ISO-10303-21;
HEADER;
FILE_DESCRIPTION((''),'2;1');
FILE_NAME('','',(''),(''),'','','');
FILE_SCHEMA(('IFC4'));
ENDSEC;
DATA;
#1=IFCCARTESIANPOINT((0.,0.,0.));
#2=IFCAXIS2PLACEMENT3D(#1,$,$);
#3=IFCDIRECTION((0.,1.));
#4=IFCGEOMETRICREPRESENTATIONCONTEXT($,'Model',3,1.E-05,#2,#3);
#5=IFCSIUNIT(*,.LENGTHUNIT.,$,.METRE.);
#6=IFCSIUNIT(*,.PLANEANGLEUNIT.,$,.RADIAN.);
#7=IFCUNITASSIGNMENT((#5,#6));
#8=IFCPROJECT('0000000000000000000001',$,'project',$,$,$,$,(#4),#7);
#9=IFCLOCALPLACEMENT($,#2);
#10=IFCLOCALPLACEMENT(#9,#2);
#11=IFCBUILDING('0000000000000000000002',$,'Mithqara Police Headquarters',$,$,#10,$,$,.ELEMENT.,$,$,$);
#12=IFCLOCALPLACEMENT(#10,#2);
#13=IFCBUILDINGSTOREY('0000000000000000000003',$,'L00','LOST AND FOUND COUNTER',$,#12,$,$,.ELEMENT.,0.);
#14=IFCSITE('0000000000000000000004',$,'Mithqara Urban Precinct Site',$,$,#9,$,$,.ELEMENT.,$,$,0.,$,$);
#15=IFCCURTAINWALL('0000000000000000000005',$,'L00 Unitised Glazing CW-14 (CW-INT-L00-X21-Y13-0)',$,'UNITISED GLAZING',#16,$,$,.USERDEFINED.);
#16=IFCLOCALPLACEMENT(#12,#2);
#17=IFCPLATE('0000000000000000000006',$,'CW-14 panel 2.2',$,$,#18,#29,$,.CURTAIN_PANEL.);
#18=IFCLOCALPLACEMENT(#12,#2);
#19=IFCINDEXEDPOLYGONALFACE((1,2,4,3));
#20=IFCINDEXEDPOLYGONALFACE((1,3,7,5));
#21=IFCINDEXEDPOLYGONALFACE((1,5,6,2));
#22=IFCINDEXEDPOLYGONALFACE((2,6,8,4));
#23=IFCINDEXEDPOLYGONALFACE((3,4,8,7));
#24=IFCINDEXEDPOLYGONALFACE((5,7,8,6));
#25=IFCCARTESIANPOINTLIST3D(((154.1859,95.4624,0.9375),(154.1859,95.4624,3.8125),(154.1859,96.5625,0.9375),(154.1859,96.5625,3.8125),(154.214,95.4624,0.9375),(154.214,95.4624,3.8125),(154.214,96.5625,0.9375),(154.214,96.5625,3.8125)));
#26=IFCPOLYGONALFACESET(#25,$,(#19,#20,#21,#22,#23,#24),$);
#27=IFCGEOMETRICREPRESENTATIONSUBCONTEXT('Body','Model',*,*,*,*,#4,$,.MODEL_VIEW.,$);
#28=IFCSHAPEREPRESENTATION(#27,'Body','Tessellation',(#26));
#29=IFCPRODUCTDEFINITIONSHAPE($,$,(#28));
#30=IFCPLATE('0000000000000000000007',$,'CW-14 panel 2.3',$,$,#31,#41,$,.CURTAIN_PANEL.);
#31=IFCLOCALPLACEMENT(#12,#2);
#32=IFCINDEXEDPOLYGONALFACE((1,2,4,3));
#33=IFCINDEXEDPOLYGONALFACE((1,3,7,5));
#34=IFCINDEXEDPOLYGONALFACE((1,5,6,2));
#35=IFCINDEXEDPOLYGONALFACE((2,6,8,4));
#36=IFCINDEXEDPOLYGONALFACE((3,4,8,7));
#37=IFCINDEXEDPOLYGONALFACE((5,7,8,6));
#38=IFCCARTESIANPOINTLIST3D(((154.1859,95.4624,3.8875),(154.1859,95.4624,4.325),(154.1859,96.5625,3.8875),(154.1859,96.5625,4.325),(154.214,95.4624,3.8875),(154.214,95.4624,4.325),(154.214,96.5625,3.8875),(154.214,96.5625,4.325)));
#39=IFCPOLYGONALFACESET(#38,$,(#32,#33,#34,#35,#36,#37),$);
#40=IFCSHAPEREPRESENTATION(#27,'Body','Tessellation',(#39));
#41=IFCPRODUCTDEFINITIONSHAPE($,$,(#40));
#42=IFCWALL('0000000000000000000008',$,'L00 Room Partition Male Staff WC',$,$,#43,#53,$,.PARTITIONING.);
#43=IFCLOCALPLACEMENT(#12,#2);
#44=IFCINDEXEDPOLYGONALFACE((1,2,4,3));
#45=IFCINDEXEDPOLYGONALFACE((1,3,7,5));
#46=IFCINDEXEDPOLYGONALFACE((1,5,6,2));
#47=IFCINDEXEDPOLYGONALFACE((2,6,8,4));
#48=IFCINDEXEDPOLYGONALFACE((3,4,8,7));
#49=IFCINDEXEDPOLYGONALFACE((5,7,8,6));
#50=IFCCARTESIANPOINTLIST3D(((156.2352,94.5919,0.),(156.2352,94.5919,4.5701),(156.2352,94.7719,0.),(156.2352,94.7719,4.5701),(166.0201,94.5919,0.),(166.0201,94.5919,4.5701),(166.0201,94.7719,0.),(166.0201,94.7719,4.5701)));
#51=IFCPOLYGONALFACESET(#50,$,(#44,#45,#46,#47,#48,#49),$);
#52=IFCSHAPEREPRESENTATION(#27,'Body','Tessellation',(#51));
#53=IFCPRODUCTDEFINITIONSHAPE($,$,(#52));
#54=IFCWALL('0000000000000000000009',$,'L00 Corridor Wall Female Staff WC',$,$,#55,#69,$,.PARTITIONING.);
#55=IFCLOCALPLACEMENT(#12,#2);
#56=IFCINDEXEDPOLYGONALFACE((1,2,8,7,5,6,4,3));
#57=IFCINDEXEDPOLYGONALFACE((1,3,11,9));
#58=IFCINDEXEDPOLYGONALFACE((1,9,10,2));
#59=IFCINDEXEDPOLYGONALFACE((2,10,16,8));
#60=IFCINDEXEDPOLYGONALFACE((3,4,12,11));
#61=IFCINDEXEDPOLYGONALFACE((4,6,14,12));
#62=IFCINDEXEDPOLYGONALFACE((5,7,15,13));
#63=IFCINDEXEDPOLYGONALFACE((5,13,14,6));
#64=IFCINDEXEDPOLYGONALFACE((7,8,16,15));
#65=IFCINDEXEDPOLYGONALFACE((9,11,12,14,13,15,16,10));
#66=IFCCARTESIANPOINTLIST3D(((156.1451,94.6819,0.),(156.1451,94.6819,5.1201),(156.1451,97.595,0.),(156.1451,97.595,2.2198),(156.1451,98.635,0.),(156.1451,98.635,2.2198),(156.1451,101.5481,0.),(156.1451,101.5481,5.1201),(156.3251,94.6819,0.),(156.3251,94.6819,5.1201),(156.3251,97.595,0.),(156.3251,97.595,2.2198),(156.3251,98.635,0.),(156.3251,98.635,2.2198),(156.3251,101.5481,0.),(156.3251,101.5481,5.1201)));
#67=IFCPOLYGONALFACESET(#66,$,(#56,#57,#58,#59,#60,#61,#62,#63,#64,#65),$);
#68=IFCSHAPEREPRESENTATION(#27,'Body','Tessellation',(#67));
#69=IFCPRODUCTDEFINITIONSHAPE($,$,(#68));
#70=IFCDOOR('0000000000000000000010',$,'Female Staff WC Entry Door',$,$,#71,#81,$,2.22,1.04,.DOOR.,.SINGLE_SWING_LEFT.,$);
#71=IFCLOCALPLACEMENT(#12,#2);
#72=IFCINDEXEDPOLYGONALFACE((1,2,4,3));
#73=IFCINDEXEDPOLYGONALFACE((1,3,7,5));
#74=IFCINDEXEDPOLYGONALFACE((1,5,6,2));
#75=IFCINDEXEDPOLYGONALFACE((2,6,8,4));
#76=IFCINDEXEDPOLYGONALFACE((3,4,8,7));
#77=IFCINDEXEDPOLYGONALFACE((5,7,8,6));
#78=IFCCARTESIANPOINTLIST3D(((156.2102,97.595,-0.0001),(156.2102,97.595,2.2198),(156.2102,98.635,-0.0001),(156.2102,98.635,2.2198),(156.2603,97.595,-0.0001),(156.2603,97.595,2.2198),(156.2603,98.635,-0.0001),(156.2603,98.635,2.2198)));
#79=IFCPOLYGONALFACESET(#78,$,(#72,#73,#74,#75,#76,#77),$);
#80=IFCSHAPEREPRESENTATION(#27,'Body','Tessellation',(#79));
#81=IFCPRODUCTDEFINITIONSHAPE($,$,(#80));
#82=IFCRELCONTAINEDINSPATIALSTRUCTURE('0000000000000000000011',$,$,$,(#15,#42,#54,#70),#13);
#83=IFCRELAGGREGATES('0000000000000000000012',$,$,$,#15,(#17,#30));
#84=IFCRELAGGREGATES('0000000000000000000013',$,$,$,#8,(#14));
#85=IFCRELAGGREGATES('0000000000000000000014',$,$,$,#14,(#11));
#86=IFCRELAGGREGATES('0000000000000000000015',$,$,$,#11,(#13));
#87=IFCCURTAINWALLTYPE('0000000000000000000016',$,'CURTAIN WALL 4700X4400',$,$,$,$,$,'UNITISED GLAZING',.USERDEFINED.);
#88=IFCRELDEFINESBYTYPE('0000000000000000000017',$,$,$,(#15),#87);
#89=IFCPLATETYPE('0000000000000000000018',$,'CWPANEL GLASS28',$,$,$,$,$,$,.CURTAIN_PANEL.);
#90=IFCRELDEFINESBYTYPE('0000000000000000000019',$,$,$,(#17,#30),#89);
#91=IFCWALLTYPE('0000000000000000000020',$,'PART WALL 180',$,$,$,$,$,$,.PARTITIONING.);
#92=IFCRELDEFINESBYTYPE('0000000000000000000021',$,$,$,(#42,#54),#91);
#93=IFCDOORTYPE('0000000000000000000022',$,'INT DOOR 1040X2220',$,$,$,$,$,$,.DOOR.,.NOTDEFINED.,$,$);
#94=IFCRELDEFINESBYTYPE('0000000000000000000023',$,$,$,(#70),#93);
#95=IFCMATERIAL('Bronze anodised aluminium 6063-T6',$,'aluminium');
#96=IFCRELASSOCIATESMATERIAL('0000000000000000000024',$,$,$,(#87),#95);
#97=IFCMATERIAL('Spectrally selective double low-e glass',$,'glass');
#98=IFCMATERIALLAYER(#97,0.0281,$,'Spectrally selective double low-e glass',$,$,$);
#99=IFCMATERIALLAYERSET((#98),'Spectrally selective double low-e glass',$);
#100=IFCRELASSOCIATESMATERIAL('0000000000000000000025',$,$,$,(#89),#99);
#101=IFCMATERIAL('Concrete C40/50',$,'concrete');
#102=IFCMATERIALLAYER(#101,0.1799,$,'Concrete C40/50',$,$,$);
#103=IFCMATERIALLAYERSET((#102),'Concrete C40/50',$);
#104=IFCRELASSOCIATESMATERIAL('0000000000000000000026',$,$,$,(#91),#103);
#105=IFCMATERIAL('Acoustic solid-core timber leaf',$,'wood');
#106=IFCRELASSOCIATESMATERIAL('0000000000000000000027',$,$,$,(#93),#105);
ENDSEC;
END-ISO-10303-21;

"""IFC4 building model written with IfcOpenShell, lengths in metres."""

from ifc_helpers import new_model, si_unit, direction, frame, frame_2d, origin, origin_2d, place, context, subcontext, project, spatial, rectangle, extrude, material, layer, layer_set, type_object, element, fill, aggregate, save


model = new_model("IFC4")

# Units and contexts
model_context = context("Model", 3, precision=1e-05, world=origin(), true_north=direction((0.0, 1.0)))
body_context = subcontext(model_context, "Body", "Model", "MODEL_VIEW")
ifc_project = project(units=[si_unit("LENGTHUNIT", "METRE"), si_unit("PLANEANGLEUNIT", "RADIAN")], contexts=[model_context])

# Site, building, storey
site_placement = place(None, origin())
site = spatial("IfcSite", under=ifc_project, at=site_placement, Name="Mithqara Urban Precinct Site", CompositionType="ELEMENT", RefElevation=0.0)
building_placement = place(site_placement, origin())
building = spatial("IfcBuilding", under=site, at=building_placement, Name="Mithqara Police Headquarters", CompositionType="ELEMENT")
storey_placement = place(building_placement, origin())
storey = spatial("IfcBuildingStorey", under=building, at=storey_placement, Name="L00", Description="LOST AND FOUND COUNTER", CompositionType="ELEMENT", Elevation=0.0)

# Curtain wall, plates
ifc_material_1 = material(Name="Bronze anodised aluminium 6063-T6", Category="aluminium")
curtain_wall_type = type_object("IfcCurtainWallType", Name="CURTAIN WALL 4700X4400", ElementType="UNITISED GLAZING", PredefinedType="USERDEFINED", material=ifc_material_1)
curtain_wall_placement = place(storey_placement, origin())
curtain_wall = element("IfcCurtainWall", 1, at=curtain_wall_placement, inside=storey, type_object=curtain_wall_type, Name="L00 Unitised Glazing CW-14 (CW-INT-L00-X21-Y13-0)", ObjectType="UNITISED GLAZING", PredefinedType="USERDEFINED")
ifc_material_2 = material(Name="Spectrally selective double low-e glass", Category="glass")
ifc_layer_1 = layer(ifc_material_2, 0.0281, Name="Spectrally selective double low-e glass")
ifc_layer_set_1 = layer_set([ifc_layer_1], Name="Spectrally selective double low-e glass")
plate_type = type_object("IfcPlateType", Name="CWPANEL GLASS28", PredefinedType="CURTAIN_PANEL", material=ifc_layer_set_1)
plate_1_placement = place(storey_placement, frame((154.2, 96.0125, 0.9375), z_axis=(0.0, 0.0, 1.0), x_axis=(0.0, 1.0, 0.0)))
plate_1 = element("IfcPlate", 2, at=plate_1_placement, type_object=plate_type, Name="CW-14 panel 2.2", PredefinedType="CURTAIN_PANEL", context=body_context, shape_type="SweptSolid", body=[
    extrude(rectangle(XDim=1.1001, YDim=0.0281, at=origin_2d()), origin(), (0.0, 0.0, 1.0), 2.875),
])
plate_2_placement = place(storey_placement, frame((154.2, 96.0125, 3.8875), z_axis=(0.0, 0.0, 1.0), x_axis=(0.0, 1.0, 0.0)))
plate_2 = element("IfcPlate", 3, at=plate_2_placement, type_object=plate_type, Name="CW-14 panel 2.3", PredefinedType="CURTAIN_PANEL", context=body_context, shape_type="SweptSolid", body=[
    extrude(rectangle(XDim=1.1001, YDim=0.0281, at=origin_2d()), origin(), (0.0, 0.0, 1.0), 0.4375),
])
aggregate(curtain_wall, [plate_1, plate_2])

# Wall
ifc_material_3 = material(Name="Concrete C40/50", Category="concrete")
ifc_layer_2 = layer(ifc_material_3, 0.1799, Name="Concrete C40/50")
ifc_layer_set_2 = layer_set([ifc_layer_2], Name="Concrete C40/50")
wall_type = type_object("IfcWallType", Name="PART WALL 180", PredefinedType="PARTITIONING", material=ifc_layer_set_2)
wall_1_placement = place(storey_placement, frame((156.2351, 94.6819, 0.0), z_axis=(0.0, 0.0, 1.0), x_axis=(1.0, 0.0, 0.0)))
element("IfcWall", 4, at=wall_1_placement, inside=storey, type_object=wall_type, Name="L00 Room Partition Male Staff WC", PredefinedType="PARTITIONING", context=body_context, shape_type="SweptSolid", body=[
    extrude(rectangle(XDim=9.7849, YDim=0.1799, at=frame_2d((4.8926, 0.0))), origin(), (0.0, 0.0, 1.0), 4.5701),
])

# Wall, opening, door
wall_2_placement = place(storey_placement, frame((156.2351, 94.6819, 0.0), z_axis=(0.0, 0.0, 1.0), x_axis=(0.0, 1.0, 0.0)))
wall_2 = element("IfcWall", 5, at=wall_2_placement, inside=storey, type_object=wall_type, Name="L00 Corridor Wall Female Staff WC", PredefinedType="PARTITIONING", context=body_context, shape_type="SweptSolid", body=[
    extrude(rectangle(XDim=6.8662, YDim=0.1799, at=frame_2d((3.4331, 0.0))), origin(), (0.0, 0.0, 1.0), 5.1201),
])
opening_placement = place(wall_2_placement, frame((2.9131, 0.0, 0.0)))
opening = element("IfcOpeningElement", 6, at=opening_placement, cuts=wall_2, PredefinedType="OPENING", context=body_context, shape_type="SweptSolid", body=[
    extrude(rectangle(XDim=1.04, YDim=2.22, at=frame_2d((0.52, 1.1099))), frame((0.0, 0.1001, 0.0), z_axis=(0.0, -1.0, 0.0), x_axis=(1.0, 0.0, 0.0)), (0.0, 0.0, 1.0), 0.2),
])
ifc_material_4 = material(Name="Acoustic solid-core timber leaf", Category="wood")
door_type = type_object("IfcDoorType", Name="INT DOOR 1040X2220", OperationType="NOTDEFINED", PredefinedType="DOOR", material=ifc_material_4)
door_placement = place(opening_placement, origin())
door = element("IfcDoor", 7, at=door_placement, inside=storey, type_object=door_type, Name="Female Staff WC Entry Door", OperationType="SINGLE_SWING_LEFT", OverallHeight=2.22, OverallWidth=1.04, PredefinedType="DOOR", context=body_context, shape_type="SweptSolid", body=[
    extrude(rectangle(XDim=1.04, YDim=2.22, at=frame_2d((0.52, 1.1099))), frame((0.0, 0.0249, 0.0), z_axis=(0.0, -1.0, 0.0), x_axis=(1.0, 0.0, 0.0)), (0.0, 0.0, 1.0), 0.05),
])
fill(opening, door)

save(model, "model.ifc")
